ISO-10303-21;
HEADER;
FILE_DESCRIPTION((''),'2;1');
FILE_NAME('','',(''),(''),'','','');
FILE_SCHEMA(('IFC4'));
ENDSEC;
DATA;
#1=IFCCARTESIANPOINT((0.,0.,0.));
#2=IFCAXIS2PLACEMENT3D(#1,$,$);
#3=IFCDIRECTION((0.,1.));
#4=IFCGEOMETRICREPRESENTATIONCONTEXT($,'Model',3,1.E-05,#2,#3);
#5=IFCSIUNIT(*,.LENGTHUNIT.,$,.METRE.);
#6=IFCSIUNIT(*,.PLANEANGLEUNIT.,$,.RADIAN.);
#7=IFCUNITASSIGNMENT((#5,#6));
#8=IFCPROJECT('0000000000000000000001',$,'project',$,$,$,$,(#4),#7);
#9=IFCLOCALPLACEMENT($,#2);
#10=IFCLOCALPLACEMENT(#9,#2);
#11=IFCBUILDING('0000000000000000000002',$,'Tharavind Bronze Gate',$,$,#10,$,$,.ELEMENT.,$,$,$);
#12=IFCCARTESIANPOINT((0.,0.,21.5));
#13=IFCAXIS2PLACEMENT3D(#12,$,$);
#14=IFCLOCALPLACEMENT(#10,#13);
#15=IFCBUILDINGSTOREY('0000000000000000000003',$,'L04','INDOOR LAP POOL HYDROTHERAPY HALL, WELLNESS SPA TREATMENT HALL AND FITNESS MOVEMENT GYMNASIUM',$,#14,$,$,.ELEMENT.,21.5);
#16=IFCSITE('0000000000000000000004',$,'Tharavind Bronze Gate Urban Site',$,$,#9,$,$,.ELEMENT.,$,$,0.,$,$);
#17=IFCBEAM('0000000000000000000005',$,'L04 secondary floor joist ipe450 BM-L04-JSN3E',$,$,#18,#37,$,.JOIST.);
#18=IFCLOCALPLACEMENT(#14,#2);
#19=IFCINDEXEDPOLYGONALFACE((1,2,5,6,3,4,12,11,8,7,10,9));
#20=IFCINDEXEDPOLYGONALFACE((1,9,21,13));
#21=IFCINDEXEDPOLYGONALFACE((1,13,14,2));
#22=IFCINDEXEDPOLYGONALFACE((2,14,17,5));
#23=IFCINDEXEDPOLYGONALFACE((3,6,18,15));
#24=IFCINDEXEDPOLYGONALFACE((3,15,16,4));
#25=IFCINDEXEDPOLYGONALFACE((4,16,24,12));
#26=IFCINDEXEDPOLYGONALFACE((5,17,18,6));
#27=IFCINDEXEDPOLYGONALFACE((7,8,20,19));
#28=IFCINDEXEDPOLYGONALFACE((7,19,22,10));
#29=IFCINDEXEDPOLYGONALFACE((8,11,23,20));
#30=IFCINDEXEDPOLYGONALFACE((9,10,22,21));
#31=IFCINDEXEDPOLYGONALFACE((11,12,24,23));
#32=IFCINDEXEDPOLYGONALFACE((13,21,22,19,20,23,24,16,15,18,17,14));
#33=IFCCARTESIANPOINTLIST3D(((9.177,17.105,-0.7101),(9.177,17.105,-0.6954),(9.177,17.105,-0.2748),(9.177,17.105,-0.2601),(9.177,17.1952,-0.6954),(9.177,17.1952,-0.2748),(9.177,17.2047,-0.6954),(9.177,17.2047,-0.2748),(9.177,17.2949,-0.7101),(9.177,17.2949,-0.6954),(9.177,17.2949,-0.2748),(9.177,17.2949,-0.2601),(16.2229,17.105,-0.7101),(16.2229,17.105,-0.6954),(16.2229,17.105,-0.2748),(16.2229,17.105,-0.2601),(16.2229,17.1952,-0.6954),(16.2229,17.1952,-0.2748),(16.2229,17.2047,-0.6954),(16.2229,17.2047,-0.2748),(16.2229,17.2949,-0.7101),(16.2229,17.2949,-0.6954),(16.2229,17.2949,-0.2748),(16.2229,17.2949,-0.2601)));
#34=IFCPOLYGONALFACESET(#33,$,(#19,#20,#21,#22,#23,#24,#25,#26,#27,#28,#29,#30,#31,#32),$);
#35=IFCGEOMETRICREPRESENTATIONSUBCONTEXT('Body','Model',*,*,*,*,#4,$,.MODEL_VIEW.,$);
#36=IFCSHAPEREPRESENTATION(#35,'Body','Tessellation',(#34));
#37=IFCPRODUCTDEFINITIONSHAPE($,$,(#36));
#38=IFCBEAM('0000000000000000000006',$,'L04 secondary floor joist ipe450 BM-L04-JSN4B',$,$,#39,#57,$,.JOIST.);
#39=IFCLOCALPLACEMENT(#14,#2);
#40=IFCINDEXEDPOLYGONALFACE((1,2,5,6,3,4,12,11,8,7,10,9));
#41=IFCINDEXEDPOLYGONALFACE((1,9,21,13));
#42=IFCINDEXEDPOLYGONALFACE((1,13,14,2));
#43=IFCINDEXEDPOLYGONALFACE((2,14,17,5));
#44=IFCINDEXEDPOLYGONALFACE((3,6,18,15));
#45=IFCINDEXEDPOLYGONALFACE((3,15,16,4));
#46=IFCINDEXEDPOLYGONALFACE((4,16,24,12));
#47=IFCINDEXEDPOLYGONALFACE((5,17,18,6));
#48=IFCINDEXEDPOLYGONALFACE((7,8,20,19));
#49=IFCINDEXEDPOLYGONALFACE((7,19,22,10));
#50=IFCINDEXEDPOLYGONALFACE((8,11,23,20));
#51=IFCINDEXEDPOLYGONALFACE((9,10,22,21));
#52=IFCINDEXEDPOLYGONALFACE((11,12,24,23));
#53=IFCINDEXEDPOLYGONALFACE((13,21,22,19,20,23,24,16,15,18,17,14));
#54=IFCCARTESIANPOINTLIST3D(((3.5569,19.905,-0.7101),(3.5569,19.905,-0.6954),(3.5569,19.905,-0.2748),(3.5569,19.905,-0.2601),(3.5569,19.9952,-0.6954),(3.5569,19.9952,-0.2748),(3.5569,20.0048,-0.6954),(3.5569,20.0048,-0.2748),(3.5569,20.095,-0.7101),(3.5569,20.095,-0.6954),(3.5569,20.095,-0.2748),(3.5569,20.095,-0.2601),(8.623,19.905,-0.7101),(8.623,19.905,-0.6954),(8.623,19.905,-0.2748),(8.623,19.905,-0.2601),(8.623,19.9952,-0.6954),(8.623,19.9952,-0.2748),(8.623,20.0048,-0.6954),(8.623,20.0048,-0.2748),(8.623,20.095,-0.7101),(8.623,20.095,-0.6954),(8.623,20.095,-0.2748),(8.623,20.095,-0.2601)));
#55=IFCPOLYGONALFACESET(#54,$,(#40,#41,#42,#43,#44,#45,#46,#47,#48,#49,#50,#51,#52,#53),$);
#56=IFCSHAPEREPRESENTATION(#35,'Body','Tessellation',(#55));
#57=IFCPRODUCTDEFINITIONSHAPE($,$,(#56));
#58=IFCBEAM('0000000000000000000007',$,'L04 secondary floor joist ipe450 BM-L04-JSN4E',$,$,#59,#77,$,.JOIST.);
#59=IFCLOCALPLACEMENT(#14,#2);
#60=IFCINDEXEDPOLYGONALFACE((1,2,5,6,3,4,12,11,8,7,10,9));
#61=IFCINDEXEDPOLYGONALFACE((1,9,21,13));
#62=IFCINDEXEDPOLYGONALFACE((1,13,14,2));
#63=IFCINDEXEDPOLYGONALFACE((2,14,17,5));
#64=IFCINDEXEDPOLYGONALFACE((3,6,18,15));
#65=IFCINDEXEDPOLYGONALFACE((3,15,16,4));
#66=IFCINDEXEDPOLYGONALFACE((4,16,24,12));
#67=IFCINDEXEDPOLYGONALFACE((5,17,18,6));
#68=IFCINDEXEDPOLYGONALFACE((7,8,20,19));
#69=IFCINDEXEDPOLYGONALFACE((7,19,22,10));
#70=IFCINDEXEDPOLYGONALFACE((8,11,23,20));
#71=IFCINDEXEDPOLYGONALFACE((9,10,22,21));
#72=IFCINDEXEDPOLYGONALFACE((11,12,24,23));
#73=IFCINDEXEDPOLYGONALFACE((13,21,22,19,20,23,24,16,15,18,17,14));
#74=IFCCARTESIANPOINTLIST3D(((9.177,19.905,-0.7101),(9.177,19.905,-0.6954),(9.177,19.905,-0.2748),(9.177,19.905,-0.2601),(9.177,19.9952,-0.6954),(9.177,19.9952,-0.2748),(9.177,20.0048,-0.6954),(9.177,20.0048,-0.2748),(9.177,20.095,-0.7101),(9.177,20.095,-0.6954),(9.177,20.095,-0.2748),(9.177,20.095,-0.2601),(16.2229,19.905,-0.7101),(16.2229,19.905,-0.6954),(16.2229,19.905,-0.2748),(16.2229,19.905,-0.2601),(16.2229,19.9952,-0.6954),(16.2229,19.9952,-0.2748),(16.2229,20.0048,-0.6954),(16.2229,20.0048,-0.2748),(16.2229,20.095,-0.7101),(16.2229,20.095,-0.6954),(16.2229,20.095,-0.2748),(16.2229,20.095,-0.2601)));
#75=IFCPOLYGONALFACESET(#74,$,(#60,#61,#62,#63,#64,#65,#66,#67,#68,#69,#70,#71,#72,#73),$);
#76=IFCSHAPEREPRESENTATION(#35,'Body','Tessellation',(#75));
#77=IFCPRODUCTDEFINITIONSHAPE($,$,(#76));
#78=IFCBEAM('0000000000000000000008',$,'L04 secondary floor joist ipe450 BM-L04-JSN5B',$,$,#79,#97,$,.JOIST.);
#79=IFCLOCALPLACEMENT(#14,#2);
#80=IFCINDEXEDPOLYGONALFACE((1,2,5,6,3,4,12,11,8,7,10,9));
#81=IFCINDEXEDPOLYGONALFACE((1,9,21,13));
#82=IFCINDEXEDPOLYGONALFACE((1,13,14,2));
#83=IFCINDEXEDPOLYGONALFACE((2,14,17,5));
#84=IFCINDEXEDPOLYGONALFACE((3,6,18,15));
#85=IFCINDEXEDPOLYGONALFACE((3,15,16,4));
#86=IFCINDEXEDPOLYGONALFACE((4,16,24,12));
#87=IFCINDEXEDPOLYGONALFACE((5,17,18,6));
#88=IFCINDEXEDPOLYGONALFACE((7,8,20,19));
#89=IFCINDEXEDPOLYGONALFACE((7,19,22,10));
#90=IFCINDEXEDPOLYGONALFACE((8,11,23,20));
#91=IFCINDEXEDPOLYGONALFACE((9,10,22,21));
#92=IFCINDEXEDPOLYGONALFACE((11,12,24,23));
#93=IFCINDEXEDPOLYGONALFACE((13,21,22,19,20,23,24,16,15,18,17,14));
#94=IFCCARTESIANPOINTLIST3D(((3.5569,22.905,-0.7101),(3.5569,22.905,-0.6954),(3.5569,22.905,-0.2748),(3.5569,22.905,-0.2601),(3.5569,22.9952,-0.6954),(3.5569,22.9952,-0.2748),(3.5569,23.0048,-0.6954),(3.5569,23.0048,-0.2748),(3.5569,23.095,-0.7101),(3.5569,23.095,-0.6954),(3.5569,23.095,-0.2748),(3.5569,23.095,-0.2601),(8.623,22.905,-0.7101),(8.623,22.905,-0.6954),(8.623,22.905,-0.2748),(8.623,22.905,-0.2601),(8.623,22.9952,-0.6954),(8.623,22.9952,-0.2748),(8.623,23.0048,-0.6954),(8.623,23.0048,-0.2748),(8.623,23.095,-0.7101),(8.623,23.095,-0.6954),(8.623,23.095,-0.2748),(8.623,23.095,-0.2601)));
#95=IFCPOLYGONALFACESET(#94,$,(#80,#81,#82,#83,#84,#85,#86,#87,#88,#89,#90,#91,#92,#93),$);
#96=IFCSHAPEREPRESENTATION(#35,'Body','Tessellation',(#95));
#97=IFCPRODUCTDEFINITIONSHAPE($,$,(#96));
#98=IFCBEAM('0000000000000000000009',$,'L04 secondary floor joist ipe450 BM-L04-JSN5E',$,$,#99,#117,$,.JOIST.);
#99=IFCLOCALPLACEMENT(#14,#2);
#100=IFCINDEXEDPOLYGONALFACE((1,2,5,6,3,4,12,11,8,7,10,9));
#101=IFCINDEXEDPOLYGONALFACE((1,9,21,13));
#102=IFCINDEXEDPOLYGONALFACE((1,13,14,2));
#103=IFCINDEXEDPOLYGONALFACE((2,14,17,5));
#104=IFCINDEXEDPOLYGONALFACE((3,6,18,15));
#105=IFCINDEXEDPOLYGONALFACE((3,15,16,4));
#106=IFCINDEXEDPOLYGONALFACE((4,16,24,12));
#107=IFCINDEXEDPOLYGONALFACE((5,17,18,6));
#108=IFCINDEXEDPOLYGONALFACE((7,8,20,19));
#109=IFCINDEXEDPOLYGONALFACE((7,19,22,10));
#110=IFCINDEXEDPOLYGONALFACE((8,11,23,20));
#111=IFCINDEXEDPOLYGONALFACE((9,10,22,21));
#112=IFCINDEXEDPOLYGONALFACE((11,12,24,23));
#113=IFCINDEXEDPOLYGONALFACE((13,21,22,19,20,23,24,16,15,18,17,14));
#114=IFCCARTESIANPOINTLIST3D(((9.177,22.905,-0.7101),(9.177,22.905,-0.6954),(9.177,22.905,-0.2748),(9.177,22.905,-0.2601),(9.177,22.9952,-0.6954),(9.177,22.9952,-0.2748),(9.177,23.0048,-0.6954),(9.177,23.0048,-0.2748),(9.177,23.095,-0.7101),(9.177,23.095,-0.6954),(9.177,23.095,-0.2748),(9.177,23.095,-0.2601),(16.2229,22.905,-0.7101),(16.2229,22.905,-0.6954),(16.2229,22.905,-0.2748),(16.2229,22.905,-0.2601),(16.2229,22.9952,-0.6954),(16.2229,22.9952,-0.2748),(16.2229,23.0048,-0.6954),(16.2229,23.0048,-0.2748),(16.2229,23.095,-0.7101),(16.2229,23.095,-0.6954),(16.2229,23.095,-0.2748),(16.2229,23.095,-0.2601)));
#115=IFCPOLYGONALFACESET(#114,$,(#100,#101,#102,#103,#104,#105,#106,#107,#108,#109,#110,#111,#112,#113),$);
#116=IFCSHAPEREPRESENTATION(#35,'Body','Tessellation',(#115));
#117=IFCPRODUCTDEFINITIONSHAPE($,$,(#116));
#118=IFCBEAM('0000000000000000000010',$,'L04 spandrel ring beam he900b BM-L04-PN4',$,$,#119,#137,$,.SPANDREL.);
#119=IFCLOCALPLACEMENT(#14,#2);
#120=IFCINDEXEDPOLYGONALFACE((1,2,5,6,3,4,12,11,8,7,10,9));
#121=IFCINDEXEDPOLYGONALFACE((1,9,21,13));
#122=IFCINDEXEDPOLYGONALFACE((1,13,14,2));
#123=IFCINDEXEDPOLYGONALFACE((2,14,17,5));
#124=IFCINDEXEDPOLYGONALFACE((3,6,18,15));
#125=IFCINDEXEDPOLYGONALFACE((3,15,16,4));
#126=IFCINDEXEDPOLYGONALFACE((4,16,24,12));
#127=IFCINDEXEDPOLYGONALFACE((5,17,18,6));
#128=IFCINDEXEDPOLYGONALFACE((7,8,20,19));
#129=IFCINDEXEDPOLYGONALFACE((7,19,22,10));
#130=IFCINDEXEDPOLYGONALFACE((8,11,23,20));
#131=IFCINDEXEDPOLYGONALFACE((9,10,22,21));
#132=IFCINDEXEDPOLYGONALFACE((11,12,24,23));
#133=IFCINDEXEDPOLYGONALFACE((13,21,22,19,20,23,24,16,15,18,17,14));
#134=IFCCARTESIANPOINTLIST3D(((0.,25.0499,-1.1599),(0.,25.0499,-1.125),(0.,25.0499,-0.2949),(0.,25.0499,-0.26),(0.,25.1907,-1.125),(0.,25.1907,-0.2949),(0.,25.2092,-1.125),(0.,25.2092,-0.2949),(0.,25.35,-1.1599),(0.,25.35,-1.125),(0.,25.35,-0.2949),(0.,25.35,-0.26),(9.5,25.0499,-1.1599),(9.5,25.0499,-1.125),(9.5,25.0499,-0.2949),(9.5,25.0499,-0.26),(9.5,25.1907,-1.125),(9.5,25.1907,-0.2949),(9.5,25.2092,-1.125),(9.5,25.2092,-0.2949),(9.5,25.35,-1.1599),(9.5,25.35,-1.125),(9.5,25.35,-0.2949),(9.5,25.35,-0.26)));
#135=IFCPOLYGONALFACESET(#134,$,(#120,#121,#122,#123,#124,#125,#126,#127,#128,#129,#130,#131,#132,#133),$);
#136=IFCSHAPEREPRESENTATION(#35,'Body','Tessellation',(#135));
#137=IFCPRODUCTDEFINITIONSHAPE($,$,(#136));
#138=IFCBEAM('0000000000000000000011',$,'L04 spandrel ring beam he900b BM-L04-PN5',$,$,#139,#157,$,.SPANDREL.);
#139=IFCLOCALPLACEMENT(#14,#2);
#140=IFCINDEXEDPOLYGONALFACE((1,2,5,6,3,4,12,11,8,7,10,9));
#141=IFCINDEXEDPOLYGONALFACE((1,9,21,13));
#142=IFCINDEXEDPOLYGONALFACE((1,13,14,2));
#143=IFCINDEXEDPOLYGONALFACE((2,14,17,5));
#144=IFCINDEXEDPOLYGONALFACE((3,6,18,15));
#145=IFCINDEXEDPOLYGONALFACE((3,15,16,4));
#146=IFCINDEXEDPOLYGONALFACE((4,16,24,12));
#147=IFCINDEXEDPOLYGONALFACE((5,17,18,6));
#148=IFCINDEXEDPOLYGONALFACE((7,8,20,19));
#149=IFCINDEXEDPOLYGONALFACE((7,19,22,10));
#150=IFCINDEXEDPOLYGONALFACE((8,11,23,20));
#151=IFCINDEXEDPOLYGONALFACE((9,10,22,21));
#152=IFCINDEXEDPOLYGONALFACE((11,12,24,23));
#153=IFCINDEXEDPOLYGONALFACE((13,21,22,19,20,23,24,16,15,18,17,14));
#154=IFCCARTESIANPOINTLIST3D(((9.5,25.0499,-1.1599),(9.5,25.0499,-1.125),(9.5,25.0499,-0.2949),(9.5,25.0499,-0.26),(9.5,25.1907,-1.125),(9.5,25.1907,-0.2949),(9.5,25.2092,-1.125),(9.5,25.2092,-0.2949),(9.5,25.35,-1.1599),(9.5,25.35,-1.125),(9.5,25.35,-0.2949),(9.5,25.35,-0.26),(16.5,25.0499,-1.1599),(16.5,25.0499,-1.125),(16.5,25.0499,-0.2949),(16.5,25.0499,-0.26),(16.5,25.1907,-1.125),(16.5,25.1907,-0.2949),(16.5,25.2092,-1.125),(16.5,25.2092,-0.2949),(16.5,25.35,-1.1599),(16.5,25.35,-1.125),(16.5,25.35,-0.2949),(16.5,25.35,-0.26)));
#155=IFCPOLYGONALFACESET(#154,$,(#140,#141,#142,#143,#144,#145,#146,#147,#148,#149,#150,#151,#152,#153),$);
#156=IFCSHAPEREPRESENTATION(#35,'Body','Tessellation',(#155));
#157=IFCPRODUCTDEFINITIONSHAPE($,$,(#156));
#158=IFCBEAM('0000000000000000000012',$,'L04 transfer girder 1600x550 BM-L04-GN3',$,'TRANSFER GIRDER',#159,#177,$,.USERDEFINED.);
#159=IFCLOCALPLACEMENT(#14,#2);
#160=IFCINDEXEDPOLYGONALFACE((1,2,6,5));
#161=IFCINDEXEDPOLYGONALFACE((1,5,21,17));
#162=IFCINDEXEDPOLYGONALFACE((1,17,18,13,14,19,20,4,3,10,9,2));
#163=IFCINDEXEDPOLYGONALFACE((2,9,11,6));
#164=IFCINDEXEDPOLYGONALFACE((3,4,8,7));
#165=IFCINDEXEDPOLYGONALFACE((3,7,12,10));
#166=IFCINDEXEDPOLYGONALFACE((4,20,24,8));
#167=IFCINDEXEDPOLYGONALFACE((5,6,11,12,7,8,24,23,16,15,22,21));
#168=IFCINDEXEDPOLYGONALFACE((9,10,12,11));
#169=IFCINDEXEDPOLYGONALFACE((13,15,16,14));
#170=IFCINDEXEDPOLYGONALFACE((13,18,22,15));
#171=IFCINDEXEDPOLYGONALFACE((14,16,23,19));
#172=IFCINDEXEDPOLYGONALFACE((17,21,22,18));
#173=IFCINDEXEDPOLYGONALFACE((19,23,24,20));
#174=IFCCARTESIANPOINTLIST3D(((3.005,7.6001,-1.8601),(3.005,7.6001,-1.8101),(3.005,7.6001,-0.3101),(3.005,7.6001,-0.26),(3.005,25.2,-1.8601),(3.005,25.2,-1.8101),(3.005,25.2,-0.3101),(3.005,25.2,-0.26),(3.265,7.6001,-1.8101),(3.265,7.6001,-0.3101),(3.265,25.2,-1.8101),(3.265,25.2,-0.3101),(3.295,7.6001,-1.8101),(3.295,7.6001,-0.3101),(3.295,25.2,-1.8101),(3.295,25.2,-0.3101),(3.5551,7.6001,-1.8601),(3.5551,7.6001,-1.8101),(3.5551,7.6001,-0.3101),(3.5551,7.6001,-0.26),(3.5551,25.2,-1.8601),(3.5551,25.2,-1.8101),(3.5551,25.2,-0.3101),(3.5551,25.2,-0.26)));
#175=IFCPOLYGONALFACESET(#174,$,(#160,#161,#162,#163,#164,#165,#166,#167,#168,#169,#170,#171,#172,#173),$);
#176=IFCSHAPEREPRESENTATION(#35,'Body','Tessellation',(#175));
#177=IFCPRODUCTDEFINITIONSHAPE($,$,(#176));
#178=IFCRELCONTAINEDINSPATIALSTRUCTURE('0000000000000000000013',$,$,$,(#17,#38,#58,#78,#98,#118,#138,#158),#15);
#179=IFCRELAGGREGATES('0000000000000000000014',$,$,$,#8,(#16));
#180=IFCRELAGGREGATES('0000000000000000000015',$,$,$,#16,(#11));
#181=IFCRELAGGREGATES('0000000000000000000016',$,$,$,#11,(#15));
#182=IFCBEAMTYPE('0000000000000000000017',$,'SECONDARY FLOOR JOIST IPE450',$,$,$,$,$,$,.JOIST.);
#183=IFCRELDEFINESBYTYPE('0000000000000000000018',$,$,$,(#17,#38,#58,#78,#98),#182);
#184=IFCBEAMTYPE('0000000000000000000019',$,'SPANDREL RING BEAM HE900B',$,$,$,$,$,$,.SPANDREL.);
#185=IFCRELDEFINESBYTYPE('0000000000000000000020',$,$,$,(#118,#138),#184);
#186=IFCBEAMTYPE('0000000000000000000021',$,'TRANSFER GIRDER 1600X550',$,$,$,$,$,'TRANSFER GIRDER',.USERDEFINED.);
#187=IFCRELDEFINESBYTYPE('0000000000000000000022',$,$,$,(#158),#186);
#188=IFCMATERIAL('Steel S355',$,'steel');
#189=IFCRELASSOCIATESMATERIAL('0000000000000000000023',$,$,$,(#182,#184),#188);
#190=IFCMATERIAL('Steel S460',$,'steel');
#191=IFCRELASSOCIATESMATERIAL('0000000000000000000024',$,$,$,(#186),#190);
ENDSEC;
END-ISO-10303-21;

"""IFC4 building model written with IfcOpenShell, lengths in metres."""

from ifc_helpers import new_model, si_unit, direction, frame, origin, origin_2d, place, context, subcontext, project, spatial, i_section, extrude, material, material_profile, profile_set, type_object, element, save


model = new_model("IFC4")

# Units and contexts
model_context = context("Model", 3, precision=1e-05, world=origin(), true_north=direction((0.0, 1.0)))
body_context = subcontext(model_context, "Body", "Model", "MODEL_VIEW")
ifc_project = project(units=[si_unit("LENGTHUNIT", "METRE"), si_unit("PLANEANGLEUNIT", "RADIAN")], contexts=[model_context])

# Site, building, storey
site_placement = place(None, origin())
site = spatial("IfcSite", under=ifc_project, at=site_placement, Name="Tharavind Bronze Gate Urban Site", CompositionType="ELEMENT", RefElevation=0.0)
building_placement = place(site_placement, origin())
building = spatial("IfcBuilding", under=site, at=building_placement, Name="Tharavind Bronze Gate", CompositionType="ELEMENT")
storey_placement = place(building_placement, frame((0.0, 0.0, 21.5)))
storey = spatial("IfcBuildingStorey", under=building, at=storey_placement, Name="L04", Description="INDOOR LAP POOL HYDROTHERAPY HALL, WELLNESS SPA TREATMENT HALL AND FITNESS MOVEMENT GYMNASIUM", CompositionType="ELEMENT", Elevation=21.5)

# Shared definitions
ifc_material_1 = material(Name="Steel S460", Category="steel")

# Beams
ifc_material_2 = material(Name="Steel S355", Category="steel")
ifc_material_profile_1 = material_profile(ifc_material_2, i_section(OverallWidth=0.1899, OverallDepth=0.45, WebThickness=0.0095, FlangeThickness=0.0146, at=origin_2d()), Name="IPE450")
ifc_profile_set_1 = profile_set([ifc_material_profile_1], Name="Steel S355")
beam_type_1 = type_object("IfcBeamType", Name="SECONDARY FLOOR JOIST IPE450", PredefinedType="JOIST", material=ifc_profile_set_1)
beam_1_placement = place(storey_placement, frame((9.177, 17.2, -0.4851), z_axis=(1.0, 0.0, 0.0), x_axis=(0.0, 1.0, 0.0)))
element("IfcBeam", 1, at=beam_1_placement, inside=storey, type_object=beam_type_1, Name="L04 secondary floor joist ipe450 BM-L04-JSN3E", PredefinedType="JOIST", context=body_context, shape_type="SweptSolid", body=[
    extrude(i_section(OverallWidth=0.1899, OverallDepth=0.45, WebThickness=0.0095, FlangeThickness=0.0146, at=origin_2d()), origin(), (0.0, 0.0, 1.0), 7.0459),
])
beam_2_placement = place(storey_placement, frame((3.5569, 20.0, -0.4851), z_axis=(1.0, 0.0, 0.0), x_axis=(0.0, 1.0, 0.0)))
element("IfcBeam", 2, at=beam_2_placement, inside=storey, type_object=beam_type_1, Name="L04 secondary floor joist ipe450 BM-L04-JSN4B", PredefinedType="JOIST", context=body_context, shape_type="SweptSolid", body=[
    extrude(i_section(OverallWidth=0.1899, OverallDepth=0.45, WebThickness=0.0095, FlangeThickness=0.0146, at=origin_2d()), origin(), (0.0, 0.0, 1.0), 5.0662),
])
beam_3_placement = place(storey_placement, frame((9.177, 20.0, -0.4851), z_axis=(1.0, 0.0, 0.0), x_axis=(0.0, 1.0, 0.0)))
element("IfcBeam", 3, at=beam_3_placement, inside=storey, type_object=beam_type_1, Name="L04 secondary floor joist ipe450 BM-L04-JSN4E", PredefinedType="JOIST", context=body_context, shape_type="SweptSolid", body=[
    extrude(i_section(OverallWidth=0.1899, OverallDepth=0.45, WebThickness=0.0095, FlangeThickness=0.0146, at=origin_2d()), origin(), (0.0, 0.0, 1.0), 7.0459),
])
beam_4_placement = place(storey_placement, frame((3.5569, 23.0, -0.4851), z_axis=(1.0, 0.0, 0.0), x_axis=(0.0, 1.0, 0.0)))
element("IfcBeam", 4, at=beam_4_placement, inside=storey, type_object=beam_type_1, Name="L04 secondary floor joist ipe450 BM-L04-JSN5B", PredefinedType="JOIST", context=body_context, shape_type="SweptSolid", body=[
    extrude(i_section(OverallWidth=0.1899, OverallDepth=0.45, WebThickness=0.0095, FlangeThickness=0.0146, at=origin_2d()), origin(), (0.0, 0.0, 1.0), 5.0662),
])
beam_5_placement = place(storey_placement, frame((9.177, 23.0, -0.4851), z_axis=(1.0, 0.0, 0.0), x_axis=(0.0, 1.0, 0.0)))
element("IfcBeam", 5, at=beam_5_placement, inside=storey, type_object=beam_type_1, Name="L04 secondary floor joist ipe450 BM-L04-JSN5E", PredefinedType="JOIST", context=body_context, shape_type="SweptSolid", body=[
    extrude(i_section(OverallWidth=0.1899, OverallDepth=0.45, WebThickness=0.0095, FlangeThickness=0.0146, at=origin_2d()), origin(), (0.0, 0.0, 1.0), 7.0459),
])
ifc_material_profile_2 = material_profile(ifc_material_2, i_section(OverallWidth=0.3, OverallDepth=0.8999, WebThickness=0.0186, FlangeThickness=0.0349, at=origin_2d()), Name="HE900B")
ifc_profile_set_2 = profile_set([ifc_material_profile_2], Name="Steel S355")
beam_type_2 = type_object("IfcBeamType", Name="SPANDREL RING BEAM HE900B", PredefinedType="SPANDREL", material=ifc_profile_set_2)
beam_6_placement = place(storey_placement, frame((0.0, 25.2, -0.71), z_axis=(1.0, 0.0, 0.0), x_axis=(0.0, 1.0, 0.0)))
element("IfcBeam", 6, at=beam_6_placement, inside=storey, type_object=beam_type_2, Name="L04 spandrel ring beam he900b BM-L04-PN4", PredefinedType="SPANDREL", context=body_context, shape_type="SweptSolid", body=[
    extrude(i_section(OverallWidth=0.3, OverallDepth=0.8999, WebThickness=0.0186, FlangeThickness=0.0349, at=origin_2d()), origin(), (0.0, 0.0, 1.0), 9.5),
])
beam_7_placement = place(storey_placement, frame((9.5, 25.2, -0.71), z_axis=(1.0, 0.0, 0.0), x_axis=(0.0, 1.0, 0.0)))
element("IfcBeam", 7, at=beam_7_placement, inside=storey, type_object=beam_type_2, Name="L04 spandrel ring beam he900b BM-L04-PN5", PredefinedType="SPANDREL", context=body_context, shape_type="SweptSolid", body=[
    extrude(i_section(OverallWidth=0.3, OverallDepth=0.8999, WebThickness=0.0186, FlangeThickness=0.0349, at=origin_2d()), origin(), (0.0, 0.0, 1.0), 7.0),
])
ifc_material_profile_3 = material_profile(ifc_material_1, i_section(OverallWidth=0.55, OverallDepth=1.6001, WebThickness=0.03, FlangeThickness=0.05, at=origin_2d()), Name="PG1600X550")
ifc_profile_set_3 = profile_set([ifc_material_profile_3], Name="Steel S460")
beam_type_3 = type_object("IfcBeamType", Name="TRANSFER GIRDER 1600X550", ElementType="TRANSFER GIRDER", PredefinedType="USERDEFINED", material=ifc_profile_set_3)
for number, where, z_axis, x_axis, name in (
    (8, (3.28, 25.2, -1.0601), (0.0, -1.0, 0.0), (1.0, 0.0, 0.0), "L04 transfer girder 1600x550 BM-L04-GN3"),
):
    element("IfcBeam", number, at=place(storey_placement, frame(where, z_axis=z_axis, x_axis=x_axis)), inside=storey, type_object=beam_type_3, Name=name, ObjectType="TRANSFER GIRDER", PredefinedType="USERDEFINED", context=body_context, shape_type="SweptSolid", body=[
        extrude(i_section(OverallWidth=0.55, OverallDepth=1.6001, WebThickness=0.03, FlangeThickness=0.05, at=origin_2d()), origin(), (0.0, 0.0, 1.0), 17.5999),
    ])

save(model, "model.ifc")
